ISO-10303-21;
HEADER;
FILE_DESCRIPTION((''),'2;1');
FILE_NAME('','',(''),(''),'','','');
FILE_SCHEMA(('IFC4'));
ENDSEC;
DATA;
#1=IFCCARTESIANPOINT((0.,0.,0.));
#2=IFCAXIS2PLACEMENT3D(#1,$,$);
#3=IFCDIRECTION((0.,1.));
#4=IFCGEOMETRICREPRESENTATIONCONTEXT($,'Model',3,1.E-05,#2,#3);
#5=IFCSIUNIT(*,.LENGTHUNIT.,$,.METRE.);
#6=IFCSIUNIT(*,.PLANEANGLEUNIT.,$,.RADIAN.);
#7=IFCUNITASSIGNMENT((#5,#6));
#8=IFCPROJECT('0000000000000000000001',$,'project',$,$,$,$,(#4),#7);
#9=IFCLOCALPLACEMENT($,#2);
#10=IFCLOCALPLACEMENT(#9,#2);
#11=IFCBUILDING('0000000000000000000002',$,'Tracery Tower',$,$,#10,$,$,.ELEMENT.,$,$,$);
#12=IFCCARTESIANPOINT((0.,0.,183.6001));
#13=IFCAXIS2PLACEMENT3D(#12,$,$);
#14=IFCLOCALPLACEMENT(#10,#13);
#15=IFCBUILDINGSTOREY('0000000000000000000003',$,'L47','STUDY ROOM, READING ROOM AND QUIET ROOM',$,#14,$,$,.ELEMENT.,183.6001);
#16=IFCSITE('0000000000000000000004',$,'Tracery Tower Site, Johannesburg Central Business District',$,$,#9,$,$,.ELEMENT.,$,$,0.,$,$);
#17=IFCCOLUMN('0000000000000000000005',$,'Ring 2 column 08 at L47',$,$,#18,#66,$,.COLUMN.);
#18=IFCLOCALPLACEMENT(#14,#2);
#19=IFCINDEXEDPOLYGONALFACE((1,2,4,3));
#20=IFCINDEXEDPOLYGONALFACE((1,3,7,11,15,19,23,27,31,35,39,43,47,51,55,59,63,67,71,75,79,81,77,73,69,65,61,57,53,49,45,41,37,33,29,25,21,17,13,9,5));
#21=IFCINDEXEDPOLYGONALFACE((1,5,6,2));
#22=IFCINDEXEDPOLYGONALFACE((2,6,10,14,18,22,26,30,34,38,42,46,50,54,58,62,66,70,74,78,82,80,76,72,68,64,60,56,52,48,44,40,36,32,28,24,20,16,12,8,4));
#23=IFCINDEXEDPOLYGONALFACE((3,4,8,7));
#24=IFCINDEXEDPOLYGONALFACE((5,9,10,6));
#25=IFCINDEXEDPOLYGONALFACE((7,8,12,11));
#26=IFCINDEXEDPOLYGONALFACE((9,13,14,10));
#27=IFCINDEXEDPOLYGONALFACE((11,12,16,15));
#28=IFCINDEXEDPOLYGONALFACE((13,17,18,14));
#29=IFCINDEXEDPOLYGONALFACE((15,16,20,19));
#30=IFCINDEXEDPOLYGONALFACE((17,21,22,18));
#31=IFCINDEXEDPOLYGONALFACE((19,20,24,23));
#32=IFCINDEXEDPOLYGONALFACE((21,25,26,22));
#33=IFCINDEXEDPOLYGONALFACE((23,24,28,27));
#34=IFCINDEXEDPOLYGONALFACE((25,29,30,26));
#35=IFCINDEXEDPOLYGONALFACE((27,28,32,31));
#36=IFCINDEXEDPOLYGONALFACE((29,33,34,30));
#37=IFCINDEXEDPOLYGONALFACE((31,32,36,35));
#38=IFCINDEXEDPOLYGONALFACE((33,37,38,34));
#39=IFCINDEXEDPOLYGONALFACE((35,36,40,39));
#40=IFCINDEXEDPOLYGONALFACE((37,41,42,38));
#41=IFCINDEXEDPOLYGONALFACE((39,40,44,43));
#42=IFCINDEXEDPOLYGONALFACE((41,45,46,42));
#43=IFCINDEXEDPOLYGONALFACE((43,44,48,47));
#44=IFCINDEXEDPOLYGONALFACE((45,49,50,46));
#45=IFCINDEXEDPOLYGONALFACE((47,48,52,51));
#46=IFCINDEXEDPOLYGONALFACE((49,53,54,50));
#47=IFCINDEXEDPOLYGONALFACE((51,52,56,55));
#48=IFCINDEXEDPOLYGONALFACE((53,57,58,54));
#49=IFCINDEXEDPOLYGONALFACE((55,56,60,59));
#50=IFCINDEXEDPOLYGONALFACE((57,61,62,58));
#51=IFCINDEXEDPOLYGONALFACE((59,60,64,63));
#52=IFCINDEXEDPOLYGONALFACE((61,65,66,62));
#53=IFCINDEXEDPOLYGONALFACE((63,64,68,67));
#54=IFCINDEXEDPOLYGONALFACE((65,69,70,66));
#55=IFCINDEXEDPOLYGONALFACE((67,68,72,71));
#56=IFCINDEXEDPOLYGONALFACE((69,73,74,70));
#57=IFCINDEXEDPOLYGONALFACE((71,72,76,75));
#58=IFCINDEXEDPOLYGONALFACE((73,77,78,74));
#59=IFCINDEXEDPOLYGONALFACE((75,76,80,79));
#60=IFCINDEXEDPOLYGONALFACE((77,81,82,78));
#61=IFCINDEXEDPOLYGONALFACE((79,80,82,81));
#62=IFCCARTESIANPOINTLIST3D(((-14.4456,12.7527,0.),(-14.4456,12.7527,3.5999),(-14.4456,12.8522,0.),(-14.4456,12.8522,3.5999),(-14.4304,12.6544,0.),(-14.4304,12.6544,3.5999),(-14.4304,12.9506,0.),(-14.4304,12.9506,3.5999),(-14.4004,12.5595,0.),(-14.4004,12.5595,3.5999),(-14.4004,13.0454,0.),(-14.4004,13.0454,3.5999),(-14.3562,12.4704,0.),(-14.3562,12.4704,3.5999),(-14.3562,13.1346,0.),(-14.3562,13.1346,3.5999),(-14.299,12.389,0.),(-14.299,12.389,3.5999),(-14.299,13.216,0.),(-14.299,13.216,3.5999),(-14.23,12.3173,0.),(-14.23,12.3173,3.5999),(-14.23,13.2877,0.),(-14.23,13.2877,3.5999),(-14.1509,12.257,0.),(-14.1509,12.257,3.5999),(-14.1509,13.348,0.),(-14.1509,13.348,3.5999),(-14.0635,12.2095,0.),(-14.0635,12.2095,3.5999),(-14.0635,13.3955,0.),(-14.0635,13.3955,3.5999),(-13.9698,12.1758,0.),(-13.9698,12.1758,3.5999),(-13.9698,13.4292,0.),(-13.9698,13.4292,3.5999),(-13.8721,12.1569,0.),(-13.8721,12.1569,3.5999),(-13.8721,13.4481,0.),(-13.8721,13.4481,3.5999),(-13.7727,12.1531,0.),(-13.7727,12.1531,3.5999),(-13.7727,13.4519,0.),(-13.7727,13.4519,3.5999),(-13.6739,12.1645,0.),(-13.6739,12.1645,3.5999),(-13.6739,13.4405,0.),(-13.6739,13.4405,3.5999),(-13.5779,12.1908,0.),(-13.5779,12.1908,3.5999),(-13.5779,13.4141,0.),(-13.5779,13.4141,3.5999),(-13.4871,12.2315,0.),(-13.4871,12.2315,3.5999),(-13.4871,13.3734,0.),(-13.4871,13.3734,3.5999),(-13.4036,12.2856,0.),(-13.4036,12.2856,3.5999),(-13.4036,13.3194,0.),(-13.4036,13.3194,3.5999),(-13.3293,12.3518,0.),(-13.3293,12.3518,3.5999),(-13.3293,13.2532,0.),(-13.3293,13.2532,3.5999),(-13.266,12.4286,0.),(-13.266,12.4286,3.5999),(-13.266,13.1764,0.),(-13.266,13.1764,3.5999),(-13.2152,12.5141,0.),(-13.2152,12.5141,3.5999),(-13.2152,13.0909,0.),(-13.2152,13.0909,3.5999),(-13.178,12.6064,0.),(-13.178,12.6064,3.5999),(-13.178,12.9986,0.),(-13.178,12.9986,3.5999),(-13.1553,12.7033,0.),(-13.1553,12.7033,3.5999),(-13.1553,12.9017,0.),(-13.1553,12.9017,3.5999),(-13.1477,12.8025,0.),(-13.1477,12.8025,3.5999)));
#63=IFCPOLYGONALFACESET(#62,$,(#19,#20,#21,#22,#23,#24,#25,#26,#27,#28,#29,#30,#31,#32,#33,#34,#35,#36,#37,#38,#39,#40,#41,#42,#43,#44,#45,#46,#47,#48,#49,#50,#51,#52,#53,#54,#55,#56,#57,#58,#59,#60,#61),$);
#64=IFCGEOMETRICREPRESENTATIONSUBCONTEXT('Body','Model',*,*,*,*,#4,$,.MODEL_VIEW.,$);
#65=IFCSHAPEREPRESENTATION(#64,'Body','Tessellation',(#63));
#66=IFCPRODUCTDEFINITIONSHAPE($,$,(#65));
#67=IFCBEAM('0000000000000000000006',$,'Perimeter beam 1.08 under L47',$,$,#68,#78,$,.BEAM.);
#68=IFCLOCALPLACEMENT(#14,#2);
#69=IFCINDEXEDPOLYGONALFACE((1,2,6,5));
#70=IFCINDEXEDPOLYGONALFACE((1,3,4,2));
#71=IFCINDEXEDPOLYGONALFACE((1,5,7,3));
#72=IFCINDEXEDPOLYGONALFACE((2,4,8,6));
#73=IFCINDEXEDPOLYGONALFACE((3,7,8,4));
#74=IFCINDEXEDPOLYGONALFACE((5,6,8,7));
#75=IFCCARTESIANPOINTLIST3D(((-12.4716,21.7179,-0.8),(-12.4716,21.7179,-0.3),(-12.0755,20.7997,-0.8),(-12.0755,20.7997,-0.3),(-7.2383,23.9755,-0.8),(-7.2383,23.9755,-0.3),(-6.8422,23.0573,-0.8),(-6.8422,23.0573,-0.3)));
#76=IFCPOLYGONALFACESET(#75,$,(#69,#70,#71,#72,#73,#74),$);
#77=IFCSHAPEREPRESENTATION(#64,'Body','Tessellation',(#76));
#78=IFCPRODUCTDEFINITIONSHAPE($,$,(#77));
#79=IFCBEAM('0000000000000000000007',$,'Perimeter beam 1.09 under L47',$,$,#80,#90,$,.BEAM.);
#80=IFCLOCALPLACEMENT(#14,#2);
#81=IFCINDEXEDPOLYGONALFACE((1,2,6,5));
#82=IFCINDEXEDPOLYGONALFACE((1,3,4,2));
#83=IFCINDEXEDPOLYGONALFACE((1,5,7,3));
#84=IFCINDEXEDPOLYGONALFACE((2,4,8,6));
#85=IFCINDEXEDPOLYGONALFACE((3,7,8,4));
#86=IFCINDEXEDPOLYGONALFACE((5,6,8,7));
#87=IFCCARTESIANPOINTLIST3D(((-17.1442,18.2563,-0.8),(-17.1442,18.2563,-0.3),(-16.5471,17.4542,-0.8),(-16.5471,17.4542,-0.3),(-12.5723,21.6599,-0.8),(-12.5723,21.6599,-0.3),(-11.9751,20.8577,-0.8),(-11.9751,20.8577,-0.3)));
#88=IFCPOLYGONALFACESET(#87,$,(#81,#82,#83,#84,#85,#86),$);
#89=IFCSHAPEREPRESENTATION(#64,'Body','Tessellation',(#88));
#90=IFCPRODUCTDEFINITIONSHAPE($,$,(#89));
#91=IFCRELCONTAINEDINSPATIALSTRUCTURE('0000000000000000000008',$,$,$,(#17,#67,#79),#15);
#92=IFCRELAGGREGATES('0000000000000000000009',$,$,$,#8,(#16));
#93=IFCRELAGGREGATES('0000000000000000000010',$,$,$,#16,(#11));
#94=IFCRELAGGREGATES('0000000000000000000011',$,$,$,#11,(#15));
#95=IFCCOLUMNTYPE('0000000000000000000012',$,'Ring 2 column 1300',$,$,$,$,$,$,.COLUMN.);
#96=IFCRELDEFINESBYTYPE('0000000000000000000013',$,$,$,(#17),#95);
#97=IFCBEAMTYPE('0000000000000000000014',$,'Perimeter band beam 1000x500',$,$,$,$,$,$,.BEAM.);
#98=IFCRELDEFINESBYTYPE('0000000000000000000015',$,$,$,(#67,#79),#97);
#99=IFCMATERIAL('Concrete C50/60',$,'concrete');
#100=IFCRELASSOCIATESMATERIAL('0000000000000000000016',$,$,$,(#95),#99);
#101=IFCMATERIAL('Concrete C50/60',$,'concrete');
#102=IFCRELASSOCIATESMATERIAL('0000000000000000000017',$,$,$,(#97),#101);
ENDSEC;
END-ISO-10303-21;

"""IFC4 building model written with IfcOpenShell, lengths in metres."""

from ifc_helpers import new_model, si_unit, direction, frame, origin, origin_2d, place, context, subcontext, project, spatial, rectangle, circle, extrude, material, material_profile, profile_set, type_object, element, save


model = new_model("IFC4")

# Units and contexts
model_context = context("Model", 3, precision=1e-05, world=origin(), true_north=direction((0.0, 1.0)))
body_context = subcontext(model_context, "Body", "Model", "MODEL_VIEW")
ifc_project = project(units=[si_unit("LENGTHUNIT", "METRE"), si_unit("PLANEANGLEUNIT", "RADIAN")], contexts=[model_context])

# Site, building, storey
site_placement = place(None, origin())
site = spatial("IfcSite", under=ifc_project, at=site_placement, Name="Tracery Tower Site, Johannesburg Central Business District", CompositionType="ELEMENT", RefElevation=0.0)
building_placement = place(site_placement, origin())
building = spatial("IfcBuilding", under=site, at=building_placement, Name="Tracery Tower", CompositionType="ELEMENT")
storey_placement = place(building_placement, frame((0.0, 0.0, 183.6001)))
storey = spatial("IfcBuildingStorey", under=building, at=storey_placement, Name="L47", Description="STUDY ROOM, READING ROOM AND QUIET ROOM", CompositionType="ELEMENT", Elevation=183.6001)

# Column
ifc_material_1 = material(Name="Concrete C50/60", Category="concrete")
ifc_material_profile_1 = material_profile(ifc_material_1, circle(Radius=0.6499, at=origin_2d()), Name="RC D1300")
ifc_profile_set_1 = profile_set([ifc_material_profile_1], Name="Concrete C50/60")
column_type_1 = type_object("IfcColumnType", Name="Ring 2 column 1300", PredefinedType="COLUMN", material=ifc_profile_set_1)
for number, where, z_axis, x_axis, name in (
    (1, (-13.7976, 12.8025, 0.0), (0.0, 0.0, 1.0), (1.0, 0.0, 0.0), "Ring 2 column 08 at L47"),
):
    element("IfcColumn", number, at=place(storey_placement, frame(where, z_axis=z_axis, x_axis=x_axis)), inside=storey, type_object=column_type_1, Name=name, PredefinedType="COLUMN", context=body_context, shape_type="SweptSolid", body=[
        extrude(circle(Radius=0.6499, at=origin_2d()), origin(), (0.0, 0.0, 1.0), 3.5999),
    ])

# Beams
ifc_material_2 = material(Name="Concrete C50/60", Category="concrete")
ifc_material_profile_2 = material_profile(ifc_material_2, rectangle(XDim=1.0, YDim=0.5, at=origin_2d()), Name="RC 1000x500")
ifc_profile_set_2 = profile_set([ifc_material_profile_2], Name="Concrete C50/60")
beam_type = type_object("IfcBeamType", Name="Perimeter band beam 1000x500", PredefinedType="BEAM", material=ifc_profile_set_2)
beam_1_placement = place(storey_placement, frame((-7.0403, 23.5164, -0.55), z_axis=(-0.91821, -0.396095, 0.0), x_axis=(0.396095, -0.91821, 0.0)))
element("IfcBeam", 2, at=beam_1_placement, inside=storey, type_object=beam_type, Name="Perimeter beam 1.08 under L47", PredefinedType="BEAM", context=body_context, shape_type="SweptSolid", body=[
    extrude(rectangle(XDim=1.0, YDim=0.5, at=origin_2d()), origin(), (0.0, 0.0, 1.0), 5.6995),
])
beam_2_placement = place(storey_placement, frame((-12.2737, 21.2588, -0.55), z_axis=(-0.802138, -0.597138, 0.0), x_axis=(0.597138, -0.802138, 0.0)))
element("IfcBeam", 3, at=beam_2_placement, inside=storey, type_object=beam_type, Name="Perimeter beam 1.09 under L47", PredefinedType="BEAM", context=body_context, shape_type="SweptSolid", body=[
    extrude(rectangle(XDim=1.0, YDim=0.5, at=origin_2d()), origin(), (0.0, 0.0, 1.0), 5.6997),
])

save(model, "model.ifc")
